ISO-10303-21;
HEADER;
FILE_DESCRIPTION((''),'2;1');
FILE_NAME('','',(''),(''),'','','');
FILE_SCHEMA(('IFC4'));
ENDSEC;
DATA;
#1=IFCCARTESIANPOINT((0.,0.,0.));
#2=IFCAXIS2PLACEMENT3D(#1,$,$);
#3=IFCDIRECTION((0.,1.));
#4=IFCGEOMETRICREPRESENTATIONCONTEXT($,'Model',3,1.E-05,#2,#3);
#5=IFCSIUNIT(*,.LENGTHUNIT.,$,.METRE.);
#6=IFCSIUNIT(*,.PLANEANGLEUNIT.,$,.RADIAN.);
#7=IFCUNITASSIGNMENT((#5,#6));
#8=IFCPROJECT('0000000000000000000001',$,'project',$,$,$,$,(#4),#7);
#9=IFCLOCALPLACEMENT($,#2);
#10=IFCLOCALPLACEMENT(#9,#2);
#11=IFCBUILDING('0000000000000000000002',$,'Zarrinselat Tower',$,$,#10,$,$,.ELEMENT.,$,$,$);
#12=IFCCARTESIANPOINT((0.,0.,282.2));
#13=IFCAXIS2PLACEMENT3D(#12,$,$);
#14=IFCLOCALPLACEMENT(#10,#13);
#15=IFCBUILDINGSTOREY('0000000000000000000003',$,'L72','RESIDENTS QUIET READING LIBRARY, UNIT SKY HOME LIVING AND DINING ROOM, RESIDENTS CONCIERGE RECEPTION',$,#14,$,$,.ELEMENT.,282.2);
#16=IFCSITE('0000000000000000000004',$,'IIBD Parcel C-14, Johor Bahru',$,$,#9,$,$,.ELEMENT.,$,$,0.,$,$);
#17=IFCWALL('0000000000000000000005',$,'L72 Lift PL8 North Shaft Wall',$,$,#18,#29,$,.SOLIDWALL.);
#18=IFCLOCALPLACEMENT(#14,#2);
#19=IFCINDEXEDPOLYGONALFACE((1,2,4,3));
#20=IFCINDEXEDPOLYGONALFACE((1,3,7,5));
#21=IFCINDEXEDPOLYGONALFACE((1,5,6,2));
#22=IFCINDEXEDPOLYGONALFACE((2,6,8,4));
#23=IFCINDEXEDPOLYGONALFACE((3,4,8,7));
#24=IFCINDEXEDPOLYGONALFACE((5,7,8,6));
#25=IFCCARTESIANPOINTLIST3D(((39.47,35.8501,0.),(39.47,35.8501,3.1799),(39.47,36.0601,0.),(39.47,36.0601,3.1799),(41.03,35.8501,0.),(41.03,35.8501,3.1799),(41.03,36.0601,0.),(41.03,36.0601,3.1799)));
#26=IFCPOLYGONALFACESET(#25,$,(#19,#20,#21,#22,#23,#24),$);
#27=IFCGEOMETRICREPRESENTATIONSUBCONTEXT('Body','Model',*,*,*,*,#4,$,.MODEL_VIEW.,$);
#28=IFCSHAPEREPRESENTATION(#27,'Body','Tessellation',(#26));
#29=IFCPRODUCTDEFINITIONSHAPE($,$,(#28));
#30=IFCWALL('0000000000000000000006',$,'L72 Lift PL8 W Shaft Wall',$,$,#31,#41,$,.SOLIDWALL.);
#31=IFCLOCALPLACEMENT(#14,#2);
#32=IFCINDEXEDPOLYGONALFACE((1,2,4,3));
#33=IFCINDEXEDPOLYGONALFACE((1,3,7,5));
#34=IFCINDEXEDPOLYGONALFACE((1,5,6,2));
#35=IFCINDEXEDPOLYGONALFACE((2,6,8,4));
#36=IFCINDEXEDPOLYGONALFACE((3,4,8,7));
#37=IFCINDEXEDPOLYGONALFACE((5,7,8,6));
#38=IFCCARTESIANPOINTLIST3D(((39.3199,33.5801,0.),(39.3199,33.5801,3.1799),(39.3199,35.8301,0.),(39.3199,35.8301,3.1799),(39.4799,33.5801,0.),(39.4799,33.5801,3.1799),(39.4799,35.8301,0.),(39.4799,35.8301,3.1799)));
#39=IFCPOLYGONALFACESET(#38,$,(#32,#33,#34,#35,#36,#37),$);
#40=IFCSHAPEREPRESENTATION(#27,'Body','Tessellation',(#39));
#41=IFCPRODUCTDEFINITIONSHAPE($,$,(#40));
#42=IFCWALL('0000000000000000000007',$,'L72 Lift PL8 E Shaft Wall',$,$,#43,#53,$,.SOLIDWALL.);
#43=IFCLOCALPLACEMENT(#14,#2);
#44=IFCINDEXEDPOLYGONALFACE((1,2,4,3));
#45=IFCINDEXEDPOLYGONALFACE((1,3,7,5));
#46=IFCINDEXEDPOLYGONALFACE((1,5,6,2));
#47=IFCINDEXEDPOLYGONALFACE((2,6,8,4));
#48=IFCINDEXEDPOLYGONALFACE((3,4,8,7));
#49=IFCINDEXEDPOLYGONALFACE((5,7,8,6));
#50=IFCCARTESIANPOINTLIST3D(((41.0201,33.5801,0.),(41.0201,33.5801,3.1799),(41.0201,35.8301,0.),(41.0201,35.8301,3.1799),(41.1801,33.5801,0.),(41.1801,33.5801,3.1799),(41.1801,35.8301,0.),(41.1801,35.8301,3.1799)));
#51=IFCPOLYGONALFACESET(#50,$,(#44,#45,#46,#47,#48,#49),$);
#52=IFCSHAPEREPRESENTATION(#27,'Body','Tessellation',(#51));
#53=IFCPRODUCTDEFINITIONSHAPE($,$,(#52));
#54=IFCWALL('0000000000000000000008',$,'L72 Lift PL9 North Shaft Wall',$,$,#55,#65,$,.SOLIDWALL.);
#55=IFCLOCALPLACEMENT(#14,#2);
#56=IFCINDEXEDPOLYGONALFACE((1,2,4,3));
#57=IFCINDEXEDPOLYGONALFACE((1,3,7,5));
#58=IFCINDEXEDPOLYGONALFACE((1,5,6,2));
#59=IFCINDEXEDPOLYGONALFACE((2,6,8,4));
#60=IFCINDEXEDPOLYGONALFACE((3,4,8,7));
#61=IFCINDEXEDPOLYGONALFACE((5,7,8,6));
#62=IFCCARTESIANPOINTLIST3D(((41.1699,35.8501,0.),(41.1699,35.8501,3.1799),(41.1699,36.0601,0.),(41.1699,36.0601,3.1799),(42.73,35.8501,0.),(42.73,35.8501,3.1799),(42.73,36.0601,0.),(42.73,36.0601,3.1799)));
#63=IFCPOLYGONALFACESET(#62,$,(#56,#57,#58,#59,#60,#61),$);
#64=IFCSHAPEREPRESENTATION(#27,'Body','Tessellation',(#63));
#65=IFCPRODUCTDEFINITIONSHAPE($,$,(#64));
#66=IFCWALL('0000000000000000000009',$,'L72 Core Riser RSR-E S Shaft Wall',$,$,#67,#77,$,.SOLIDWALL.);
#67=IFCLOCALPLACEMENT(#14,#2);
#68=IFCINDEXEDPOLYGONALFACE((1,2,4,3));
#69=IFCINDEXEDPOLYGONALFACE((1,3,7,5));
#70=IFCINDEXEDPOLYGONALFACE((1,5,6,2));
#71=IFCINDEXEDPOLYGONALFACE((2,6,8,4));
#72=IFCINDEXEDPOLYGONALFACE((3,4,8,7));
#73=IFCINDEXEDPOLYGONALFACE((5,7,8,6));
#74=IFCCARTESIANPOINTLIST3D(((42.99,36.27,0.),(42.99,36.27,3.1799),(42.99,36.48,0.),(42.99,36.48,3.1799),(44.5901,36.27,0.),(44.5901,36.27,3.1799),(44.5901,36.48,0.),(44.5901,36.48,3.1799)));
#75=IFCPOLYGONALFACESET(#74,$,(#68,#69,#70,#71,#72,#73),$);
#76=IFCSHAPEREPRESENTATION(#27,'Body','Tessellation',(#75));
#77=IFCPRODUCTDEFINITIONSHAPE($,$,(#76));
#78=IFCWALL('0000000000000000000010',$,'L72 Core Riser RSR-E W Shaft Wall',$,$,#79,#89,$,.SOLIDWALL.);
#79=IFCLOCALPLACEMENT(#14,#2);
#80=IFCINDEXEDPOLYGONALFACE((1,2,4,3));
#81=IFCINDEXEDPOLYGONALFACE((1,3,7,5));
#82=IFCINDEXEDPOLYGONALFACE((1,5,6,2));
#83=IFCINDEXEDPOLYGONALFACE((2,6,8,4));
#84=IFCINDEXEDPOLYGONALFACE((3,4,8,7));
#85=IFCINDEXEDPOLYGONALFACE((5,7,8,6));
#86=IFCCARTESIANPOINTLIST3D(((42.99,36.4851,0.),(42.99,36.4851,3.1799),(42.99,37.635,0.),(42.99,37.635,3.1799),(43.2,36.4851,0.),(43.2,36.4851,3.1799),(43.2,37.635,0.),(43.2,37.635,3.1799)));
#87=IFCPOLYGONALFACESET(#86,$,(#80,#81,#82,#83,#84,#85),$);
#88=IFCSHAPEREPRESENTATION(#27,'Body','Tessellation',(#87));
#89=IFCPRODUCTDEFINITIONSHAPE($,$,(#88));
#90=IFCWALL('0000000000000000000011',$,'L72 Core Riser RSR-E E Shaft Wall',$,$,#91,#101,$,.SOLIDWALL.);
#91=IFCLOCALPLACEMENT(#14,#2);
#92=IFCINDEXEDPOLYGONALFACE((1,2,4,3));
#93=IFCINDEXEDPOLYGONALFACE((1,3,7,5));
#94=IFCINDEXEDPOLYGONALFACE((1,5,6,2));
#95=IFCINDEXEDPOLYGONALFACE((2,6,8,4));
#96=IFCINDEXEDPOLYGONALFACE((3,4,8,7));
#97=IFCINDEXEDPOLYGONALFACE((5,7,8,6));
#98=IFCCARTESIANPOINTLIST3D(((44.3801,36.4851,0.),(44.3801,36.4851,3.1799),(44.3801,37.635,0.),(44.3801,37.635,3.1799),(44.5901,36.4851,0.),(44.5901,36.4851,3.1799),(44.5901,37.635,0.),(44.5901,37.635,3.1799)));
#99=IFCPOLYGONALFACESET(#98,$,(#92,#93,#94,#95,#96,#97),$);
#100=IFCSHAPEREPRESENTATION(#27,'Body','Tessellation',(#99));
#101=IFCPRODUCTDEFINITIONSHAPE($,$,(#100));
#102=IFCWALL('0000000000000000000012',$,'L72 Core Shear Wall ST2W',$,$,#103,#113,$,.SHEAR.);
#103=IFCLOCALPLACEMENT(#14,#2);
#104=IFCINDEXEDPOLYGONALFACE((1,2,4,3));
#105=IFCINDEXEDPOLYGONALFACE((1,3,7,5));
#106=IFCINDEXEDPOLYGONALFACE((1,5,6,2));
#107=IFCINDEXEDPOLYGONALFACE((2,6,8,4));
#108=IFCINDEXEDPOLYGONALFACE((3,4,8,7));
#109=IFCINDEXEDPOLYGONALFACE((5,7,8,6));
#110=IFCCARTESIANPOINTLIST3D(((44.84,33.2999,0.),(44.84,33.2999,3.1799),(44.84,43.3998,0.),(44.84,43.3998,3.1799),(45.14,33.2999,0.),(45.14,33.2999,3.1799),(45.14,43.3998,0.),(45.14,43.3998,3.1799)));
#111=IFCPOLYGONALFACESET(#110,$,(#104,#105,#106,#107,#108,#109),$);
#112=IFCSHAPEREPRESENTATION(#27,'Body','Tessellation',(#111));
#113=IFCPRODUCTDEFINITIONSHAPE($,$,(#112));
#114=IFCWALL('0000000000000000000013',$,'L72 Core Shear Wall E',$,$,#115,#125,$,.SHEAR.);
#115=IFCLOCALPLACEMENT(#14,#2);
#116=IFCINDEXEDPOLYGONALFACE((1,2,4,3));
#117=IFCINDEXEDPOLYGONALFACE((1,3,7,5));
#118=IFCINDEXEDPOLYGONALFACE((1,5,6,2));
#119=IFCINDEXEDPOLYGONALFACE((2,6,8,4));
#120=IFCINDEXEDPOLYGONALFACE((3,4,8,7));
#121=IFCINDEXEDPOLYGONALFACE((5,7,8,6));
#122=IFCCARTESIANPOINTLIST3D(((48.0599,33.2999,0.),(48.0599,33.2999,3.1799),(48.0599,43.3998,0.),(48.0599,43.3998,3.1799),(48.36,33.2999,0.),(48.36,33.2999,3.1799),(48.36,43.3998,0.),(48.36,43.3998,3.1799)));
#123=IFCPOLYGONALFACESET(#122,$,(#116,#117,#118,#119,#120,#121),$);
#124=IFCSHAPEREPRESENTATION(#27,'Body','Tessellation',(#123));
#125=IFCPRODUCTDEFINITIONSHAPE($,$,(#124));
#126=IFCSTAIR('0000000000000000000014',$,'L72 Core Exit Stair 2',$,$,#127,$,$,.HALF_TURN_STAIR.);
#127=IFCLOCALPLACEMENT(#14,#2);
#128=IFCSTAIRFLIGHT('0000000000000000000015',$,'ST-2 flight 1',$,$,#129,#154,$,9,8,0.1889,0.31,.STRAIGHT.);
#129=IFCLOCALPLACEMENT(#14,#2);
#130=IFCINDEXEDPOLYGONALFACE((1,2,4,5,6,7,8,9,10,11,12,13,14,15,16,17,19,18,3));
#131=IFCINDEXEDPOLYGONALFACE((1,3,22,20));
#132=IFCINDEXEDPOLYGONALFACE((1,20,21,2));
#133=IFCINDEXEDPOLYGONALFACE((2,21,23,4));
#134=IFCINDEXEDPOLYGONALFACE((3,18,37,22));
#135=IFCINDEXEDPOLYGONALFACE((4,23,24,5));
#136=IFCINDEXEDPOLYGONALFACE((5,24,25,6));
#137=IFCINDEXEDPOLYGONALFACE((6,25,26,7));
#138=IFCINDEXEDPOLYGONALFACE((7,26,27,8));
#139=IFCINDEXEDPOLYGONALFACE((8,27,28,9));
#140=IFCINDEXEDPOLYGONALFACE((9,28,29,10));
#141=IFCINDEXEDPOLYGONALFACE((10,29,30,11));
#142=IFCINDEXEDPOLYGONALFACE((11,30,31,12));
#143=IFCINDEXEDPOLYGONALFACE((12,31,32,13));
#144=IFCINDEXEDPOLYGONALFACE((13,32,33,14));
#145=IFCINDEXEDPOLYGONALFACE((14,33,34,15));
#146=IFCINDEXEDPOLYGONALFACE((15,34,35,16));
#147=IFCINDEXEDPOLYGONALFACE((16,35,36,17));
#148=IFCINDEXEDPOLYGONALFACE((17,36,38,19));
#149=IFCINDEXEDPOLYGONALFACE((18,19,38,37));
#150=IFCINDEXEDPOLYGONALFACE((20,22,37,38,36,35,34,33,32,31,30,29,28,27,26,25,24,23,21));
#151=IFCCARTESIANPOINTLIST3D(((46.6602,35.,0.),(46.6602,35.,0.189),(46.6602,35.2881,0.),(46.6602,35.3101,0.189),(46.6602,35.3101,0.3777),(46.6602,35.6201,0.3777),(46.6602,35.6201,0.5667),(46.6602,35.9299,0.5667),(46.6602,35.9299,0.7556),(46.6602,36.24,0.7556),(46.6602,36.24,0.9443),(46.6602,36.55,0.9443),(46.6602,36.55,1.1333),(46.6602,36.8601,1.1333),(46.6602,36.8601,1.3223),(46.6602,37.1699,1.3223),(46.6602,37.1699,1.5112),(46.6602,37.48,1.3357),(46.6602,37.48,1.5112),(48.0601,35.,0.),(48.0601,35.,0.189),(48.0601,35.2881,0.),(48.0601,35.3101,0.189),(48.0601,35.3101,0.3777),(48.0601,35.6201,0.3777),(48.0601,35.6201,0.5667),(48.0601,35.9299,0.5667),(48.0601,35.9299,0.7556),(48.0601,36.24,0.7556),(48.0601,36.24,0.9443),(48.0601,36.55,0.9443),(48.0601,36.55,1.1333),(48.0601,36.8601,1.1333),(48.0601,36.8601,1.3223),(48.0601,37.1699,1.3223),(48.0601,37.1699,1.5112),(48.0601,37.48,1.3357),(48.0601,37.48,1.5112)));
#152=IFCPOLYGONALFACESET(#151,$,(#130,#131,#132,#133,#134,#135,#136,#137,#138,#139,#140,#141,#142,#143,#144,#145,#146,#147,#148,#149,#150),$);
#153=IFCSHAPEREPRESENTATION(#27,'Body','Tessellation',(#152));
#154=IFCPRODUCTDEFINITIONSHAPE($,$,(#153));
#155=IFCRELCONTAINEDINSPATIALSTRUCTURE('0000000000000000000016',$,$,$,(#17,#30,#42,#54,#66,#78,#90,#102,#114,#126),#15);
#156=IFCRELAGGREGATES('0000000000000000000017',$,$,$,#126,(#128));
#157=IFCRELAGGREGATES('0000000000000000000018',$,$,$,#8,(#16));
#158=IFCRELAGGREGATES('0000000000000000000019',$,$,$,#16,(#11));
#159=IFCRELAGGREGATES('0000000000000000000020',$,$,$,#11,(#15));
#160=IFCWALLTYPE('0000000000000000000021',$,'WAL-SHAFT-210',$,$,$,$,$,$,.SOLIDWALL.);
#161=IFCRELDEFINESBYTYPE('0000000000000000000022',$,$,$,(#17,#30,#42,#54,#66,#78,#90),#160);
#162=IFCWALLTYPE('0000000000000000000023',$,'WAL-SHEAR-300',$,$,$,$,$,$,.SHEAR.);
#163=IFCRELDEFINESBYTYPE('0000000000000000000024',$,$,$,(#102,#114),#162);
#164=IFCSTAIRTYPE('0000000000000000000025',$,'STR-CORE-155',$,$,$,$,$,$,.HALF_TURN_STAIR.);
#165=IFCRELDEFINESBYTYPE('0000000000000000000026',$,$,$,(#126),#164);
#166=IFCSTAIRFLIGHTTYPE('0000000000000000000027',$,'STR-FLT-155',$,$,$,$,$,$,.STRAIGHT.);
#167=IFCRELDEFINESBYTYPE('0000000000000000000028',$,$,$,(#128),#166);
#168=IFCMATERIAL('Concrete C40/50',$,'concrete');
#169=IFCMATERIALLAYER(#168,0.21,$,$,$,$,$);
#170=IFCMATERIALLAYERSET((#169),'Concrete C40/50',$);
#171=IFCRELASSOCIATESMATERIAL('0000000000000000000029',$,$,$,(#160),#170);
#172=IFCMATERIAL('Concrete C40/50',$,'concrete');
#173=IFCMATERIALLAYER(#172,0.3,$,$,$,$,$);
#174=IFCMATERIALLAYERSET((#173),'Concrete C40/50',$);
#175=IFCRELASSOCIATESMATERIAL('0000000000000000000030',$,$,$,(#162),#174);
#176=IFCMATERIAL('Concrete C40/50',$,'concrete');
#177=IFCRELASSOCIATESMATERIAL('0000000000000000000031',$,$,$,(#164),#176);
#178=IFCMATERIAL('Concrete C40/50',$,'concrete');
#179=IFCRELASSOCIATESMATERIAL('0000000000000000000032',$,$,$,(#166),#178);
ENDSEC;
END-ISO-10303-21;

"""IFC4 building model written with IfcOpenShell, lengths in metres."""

from ifc_helpers import new_model, si_unit, direction, frame, frame_2d, origin, place, context, subcontext, project, spatial, polyline, rectangle, outline, extrude, material, layer, layer_set, type_object, element, aggregate, save


model = new_model("IFC4")

# Units and contexts
model_context = context("Model", 3, precision=1e-05, world=origin(), true_north=direction((0.0, 1.0)))
body_context = subcontext(model_context, "Body", "Model", "MODEL_VIEW")
ifc_project = project(units=[si_unit("LENGTHUNIT", "METRE"), si_unit("PLANEANGLEUNIT", "RADIAN")], contexts=[model_context])

# Site, building, storey
site_placement = place(None, origin())
site = spatial("IfcSite", under=ifc_project, at=site_placement, Name="IIBD Parcel C-14, Johor Bahru", CompositionType="ELEMENT", RefElevation=0.0)
building_placement = place(site_placement, origin())
building = spatial("IfcBuilding", under=site, at=building_placement, Name="Zarrinselat Tower", CompositionType="ELEMENT")
storey_placement = place(building_placement, frame((0.0, 0.0, 282.2)))
storey = spatial("IfcBuildingStorey", under=building, at=storey_placement, Name="L72", Description="RESIDENTS QUIET READING LIBRARY, UNIT SKY HOME LIVING AND DINING ROOM, RESIDENTS CONCIERGE RECEPTION", CompositionType="ELEMENT", Elevation=282.2)

# Walls
ifc_material_1 = material(Name="Concrete C40/50", Category="concrete")
ifc_layer_1 = layer(ifc_material_1, 0.21)
ifc_layer_set_1 = layer_set([ifc_layer_1], Name="Concrete C40/50")
wall_type_1 = type_object("IfcWallType", Name="WAL-SHAFT-210", PredefinedType="SOLIDWALL", material=ifc_layer_set_1)
wall_1_placement = place(storey_placement, frame((39.47, 35.9551, 0.0), z_axis=(0.0, 0.0, 1.0), x_axis=(1.0, 0.0, 0.0)))
element("IfcWall", 1, at=wall_1_placement, inside=storey, type_object=wall_type_1, Name="L72 Lift PL8 North Shaft Wall", PredefinedType="SOLIDWALL", context=body_context, shape_type="SweptSolid", body=[
    extrude(rectangle(XDim=1.5601, YDim=0.21, at=frame_2d((0.78, 0.0))), origin(), (0.0, 0.0, 1.0), 3.1799),
])
for number, where, z_axis, x_axis, name in (
    (2, (39.3999, 33.5801, 0.0), (0.0, 0.0, 1.0), (0.0, 1.0, 0.0), "L72 Lift PL8 W Shaft Wall"),
    (3, (41.1001, 33.5801, 0.0), (0.0, 0.0, 1.0), (0.0, 1.0, 0.0), "L72 Lift PL8 E Shaft Wall"),
):
    element("IfcWall", number, at=place(storey_placement, frame(where, z_axis=z_axis, x_axis=x_axis)), inside=storey, type_object=wall_type_1, Name=name, PredefinedType="SOLIDWALL", context=body_context, shape_type="SweptSolid", body=[
        extrude(rectangle(XDim=2.25, YDim=0.1599, at=frame_2d((1.125, 0.0))), origin(), (0.0, 0.0, 1.0), 3.1799),
    ])
wall_2_placement = place(storey_placement, frame((41.1699, 35.9551, 0.0), z_axis=(0.0, 0.0, 1.0), x_axis=(1.0, 0.0, 0.0)))
element("IfcWall", 4, at=wall_2_placement, inside=storey, type_object=wall_type_1, Name="L72 Lift PL9 North Shaft Wall", PredefinedType="SOLIDWALL", context=body_context, shape_type="SweptSolid", body=[
    extrude(rectangle(XDim=1.5601, YDim=0.21, at=frame_2d((0.78, 0.0))), origin(), (0.0, 0.0, 1.0), 3.1799),
])
wall_3_placement = place(storey_placement, frame((42.99, 36.375, 0.0), z_axis=(0.0, 0.0, 1.0), x_axis=(1.0, 0.0, 0.0)))
element("IfcWall", 5, at=wall_3_placement, inside=storey, type_object=wall_type_1, Name="L72 Core Riser RSR-E S Shaft Wall", PredefinedType="SOLIDWALL", context=body_context, shape_type="SweptSolid", body=[
    extrude(rectangle(XDim=1.6001, YDim=0.21, at=frame_2d((0.8, 0.0))), origin(), (0.0, 0.0, 1.0), 3.1799),
])
for number, where, z_axis, x_axis, name in (
    (6, (43.095, 36.4851, 0.0), (0.0, 0.0, 1.0), (0.0, 1.0, 0.0), "L72 Core Riser RSR-E W Shaft Wall"),
    (7, (44.4851, 36.4851, 0.0), (0.0, 0.0, 1.0), (0.0, 1.0, 0.0), "L72 Core Riser RSR-E E Shaft Wall"),
):
    element("IfcWall", number, at=place(storey_placement, frame(where, z_axis=z_axis, x_axis=x_axis)), inside=storey, type_object=wall_type_1, Name=name, PredefinedType="SOLIDWALL", context=body_context, shape_type="SweptSolid", body=[
        extrude(rectangle(XDim=1.1499, YDim=0.21, at=frame_2d((0.575, 0.0))), origin(), (0.0, 0.0, 1.0), 3.1799),
    ])
ifc_material_2 = material(Name="Concrete C40/50", Category="concrete")
ifc_layer_2 = layer(ifc_material_2, 0.3)
ifc_layer_set_2 = layer_set([ifc_layer_2], Name="Concrete C40/50")
wall_type_2 = type_object("IfcWallType", Name="WAL-SHEAR-300", PredefinedType="SHEAR", material=ifc_layer_set_2)
for number, where, z_axis, x_axis, name in (
    (8, (44.99, 33.3, 0.0), (0.0, 0.0, 1.0), (0.0, 1.0, 0.0), "L72 Core Shear Wall ST2W"),
    (9, (48.21, 33.3, 0.0), (0.0, 0.0, 1.0), (0.0, 1.0, 0.0), "L72 Core Shear Wall E"),
):
    element("IfcWall", number, at=place(storey_placement, frame(where, z_axis=z_axis, x_axis=x_axis)), inside=storey, type_object=wall_type_2, Name=name, PredefinedType="SHEAR", context=body_context, shape_type="SweptSolid", body=[
        extrude(rectangle(XDim=10.0999, YDim=0.3, at=frame_2d((5.0498, 0.0))), origin(), (0.0, 0.0, 1.0), 3.1799),
    ])

# Stair, stair flight
ifc_material_3 = material(Name="Concrete C40/50", Category="concrete")
stair_type = type_object("IfcStairType", Name="STR-CORE-155", PredefinedType="HALF_TURN_STAIR", material=ifc_material_3)
stair_placement = place(storey_placement, origin())
stair = element("IfcStair", 10, at=stair_placement, inside=storey, type_object=stair_type, Name="L72 Core Exit Stair 2", PredefinedType="HALF_TURN_STAIR")
ifc_material_4 = material(Name="Concrete C40/50", Category="concrete")
stair_flight_type = type_object("IfcStairFlightType", Name="STR-FLT-155", PredefinedType="STRAIGHT", material=ifc_material_4)
stair_flight_placement = place(storey_placement, frame((47.3601, 35.0, 0.0), z_axis=(0.0, 0.0, 1.0), x_axis=(0.0, 1.0, 0.0)))
stair_flight = element("IfcStairFlight", 11, at=stair_flight_placement, type_object=stair_flight_type, Name="ST-2 flight 1", NumberOfRisers=9, NumberOfTreads=8, PredefinedType="STRAIGHT", RiserHeight=0.1889, TreadLength=0.31, context=body_context, shape_type="SweptSolid", body=[
    extrude(outline(polyline([(0.0, 0.0), (0.0, 0.189), (0.3101, 0.189), (0.3101, 0.3777), (0.6201, 0.3777), (0.6201, 0.5667), (0.9299, 0.5667), (0.9299, 0.7556), (1.24, 0.7556), (1.24, 0.9443), (1.55, 0.9443), (1.55, 1.1333), (1.8601, 1.1333), (1.8601, 1.3223), (2.1699, 1.3223), (2.1699, 1.5112), (2.48, 1.5112), (2.48, 1.7), (2.48, 1.3357), (0.2881, 0.0), (0.0, 0.0)])), frame((0.0, 0.7, 0.0), z_axis=(0.0, -1.0, 0.0), x_axis=(1.0, 0.0, 0.0)), (0.0, 0.0, 1.0), 1.3999),
])
aggregate(stair, [stair_flight])

save(model, "model.ifc")
